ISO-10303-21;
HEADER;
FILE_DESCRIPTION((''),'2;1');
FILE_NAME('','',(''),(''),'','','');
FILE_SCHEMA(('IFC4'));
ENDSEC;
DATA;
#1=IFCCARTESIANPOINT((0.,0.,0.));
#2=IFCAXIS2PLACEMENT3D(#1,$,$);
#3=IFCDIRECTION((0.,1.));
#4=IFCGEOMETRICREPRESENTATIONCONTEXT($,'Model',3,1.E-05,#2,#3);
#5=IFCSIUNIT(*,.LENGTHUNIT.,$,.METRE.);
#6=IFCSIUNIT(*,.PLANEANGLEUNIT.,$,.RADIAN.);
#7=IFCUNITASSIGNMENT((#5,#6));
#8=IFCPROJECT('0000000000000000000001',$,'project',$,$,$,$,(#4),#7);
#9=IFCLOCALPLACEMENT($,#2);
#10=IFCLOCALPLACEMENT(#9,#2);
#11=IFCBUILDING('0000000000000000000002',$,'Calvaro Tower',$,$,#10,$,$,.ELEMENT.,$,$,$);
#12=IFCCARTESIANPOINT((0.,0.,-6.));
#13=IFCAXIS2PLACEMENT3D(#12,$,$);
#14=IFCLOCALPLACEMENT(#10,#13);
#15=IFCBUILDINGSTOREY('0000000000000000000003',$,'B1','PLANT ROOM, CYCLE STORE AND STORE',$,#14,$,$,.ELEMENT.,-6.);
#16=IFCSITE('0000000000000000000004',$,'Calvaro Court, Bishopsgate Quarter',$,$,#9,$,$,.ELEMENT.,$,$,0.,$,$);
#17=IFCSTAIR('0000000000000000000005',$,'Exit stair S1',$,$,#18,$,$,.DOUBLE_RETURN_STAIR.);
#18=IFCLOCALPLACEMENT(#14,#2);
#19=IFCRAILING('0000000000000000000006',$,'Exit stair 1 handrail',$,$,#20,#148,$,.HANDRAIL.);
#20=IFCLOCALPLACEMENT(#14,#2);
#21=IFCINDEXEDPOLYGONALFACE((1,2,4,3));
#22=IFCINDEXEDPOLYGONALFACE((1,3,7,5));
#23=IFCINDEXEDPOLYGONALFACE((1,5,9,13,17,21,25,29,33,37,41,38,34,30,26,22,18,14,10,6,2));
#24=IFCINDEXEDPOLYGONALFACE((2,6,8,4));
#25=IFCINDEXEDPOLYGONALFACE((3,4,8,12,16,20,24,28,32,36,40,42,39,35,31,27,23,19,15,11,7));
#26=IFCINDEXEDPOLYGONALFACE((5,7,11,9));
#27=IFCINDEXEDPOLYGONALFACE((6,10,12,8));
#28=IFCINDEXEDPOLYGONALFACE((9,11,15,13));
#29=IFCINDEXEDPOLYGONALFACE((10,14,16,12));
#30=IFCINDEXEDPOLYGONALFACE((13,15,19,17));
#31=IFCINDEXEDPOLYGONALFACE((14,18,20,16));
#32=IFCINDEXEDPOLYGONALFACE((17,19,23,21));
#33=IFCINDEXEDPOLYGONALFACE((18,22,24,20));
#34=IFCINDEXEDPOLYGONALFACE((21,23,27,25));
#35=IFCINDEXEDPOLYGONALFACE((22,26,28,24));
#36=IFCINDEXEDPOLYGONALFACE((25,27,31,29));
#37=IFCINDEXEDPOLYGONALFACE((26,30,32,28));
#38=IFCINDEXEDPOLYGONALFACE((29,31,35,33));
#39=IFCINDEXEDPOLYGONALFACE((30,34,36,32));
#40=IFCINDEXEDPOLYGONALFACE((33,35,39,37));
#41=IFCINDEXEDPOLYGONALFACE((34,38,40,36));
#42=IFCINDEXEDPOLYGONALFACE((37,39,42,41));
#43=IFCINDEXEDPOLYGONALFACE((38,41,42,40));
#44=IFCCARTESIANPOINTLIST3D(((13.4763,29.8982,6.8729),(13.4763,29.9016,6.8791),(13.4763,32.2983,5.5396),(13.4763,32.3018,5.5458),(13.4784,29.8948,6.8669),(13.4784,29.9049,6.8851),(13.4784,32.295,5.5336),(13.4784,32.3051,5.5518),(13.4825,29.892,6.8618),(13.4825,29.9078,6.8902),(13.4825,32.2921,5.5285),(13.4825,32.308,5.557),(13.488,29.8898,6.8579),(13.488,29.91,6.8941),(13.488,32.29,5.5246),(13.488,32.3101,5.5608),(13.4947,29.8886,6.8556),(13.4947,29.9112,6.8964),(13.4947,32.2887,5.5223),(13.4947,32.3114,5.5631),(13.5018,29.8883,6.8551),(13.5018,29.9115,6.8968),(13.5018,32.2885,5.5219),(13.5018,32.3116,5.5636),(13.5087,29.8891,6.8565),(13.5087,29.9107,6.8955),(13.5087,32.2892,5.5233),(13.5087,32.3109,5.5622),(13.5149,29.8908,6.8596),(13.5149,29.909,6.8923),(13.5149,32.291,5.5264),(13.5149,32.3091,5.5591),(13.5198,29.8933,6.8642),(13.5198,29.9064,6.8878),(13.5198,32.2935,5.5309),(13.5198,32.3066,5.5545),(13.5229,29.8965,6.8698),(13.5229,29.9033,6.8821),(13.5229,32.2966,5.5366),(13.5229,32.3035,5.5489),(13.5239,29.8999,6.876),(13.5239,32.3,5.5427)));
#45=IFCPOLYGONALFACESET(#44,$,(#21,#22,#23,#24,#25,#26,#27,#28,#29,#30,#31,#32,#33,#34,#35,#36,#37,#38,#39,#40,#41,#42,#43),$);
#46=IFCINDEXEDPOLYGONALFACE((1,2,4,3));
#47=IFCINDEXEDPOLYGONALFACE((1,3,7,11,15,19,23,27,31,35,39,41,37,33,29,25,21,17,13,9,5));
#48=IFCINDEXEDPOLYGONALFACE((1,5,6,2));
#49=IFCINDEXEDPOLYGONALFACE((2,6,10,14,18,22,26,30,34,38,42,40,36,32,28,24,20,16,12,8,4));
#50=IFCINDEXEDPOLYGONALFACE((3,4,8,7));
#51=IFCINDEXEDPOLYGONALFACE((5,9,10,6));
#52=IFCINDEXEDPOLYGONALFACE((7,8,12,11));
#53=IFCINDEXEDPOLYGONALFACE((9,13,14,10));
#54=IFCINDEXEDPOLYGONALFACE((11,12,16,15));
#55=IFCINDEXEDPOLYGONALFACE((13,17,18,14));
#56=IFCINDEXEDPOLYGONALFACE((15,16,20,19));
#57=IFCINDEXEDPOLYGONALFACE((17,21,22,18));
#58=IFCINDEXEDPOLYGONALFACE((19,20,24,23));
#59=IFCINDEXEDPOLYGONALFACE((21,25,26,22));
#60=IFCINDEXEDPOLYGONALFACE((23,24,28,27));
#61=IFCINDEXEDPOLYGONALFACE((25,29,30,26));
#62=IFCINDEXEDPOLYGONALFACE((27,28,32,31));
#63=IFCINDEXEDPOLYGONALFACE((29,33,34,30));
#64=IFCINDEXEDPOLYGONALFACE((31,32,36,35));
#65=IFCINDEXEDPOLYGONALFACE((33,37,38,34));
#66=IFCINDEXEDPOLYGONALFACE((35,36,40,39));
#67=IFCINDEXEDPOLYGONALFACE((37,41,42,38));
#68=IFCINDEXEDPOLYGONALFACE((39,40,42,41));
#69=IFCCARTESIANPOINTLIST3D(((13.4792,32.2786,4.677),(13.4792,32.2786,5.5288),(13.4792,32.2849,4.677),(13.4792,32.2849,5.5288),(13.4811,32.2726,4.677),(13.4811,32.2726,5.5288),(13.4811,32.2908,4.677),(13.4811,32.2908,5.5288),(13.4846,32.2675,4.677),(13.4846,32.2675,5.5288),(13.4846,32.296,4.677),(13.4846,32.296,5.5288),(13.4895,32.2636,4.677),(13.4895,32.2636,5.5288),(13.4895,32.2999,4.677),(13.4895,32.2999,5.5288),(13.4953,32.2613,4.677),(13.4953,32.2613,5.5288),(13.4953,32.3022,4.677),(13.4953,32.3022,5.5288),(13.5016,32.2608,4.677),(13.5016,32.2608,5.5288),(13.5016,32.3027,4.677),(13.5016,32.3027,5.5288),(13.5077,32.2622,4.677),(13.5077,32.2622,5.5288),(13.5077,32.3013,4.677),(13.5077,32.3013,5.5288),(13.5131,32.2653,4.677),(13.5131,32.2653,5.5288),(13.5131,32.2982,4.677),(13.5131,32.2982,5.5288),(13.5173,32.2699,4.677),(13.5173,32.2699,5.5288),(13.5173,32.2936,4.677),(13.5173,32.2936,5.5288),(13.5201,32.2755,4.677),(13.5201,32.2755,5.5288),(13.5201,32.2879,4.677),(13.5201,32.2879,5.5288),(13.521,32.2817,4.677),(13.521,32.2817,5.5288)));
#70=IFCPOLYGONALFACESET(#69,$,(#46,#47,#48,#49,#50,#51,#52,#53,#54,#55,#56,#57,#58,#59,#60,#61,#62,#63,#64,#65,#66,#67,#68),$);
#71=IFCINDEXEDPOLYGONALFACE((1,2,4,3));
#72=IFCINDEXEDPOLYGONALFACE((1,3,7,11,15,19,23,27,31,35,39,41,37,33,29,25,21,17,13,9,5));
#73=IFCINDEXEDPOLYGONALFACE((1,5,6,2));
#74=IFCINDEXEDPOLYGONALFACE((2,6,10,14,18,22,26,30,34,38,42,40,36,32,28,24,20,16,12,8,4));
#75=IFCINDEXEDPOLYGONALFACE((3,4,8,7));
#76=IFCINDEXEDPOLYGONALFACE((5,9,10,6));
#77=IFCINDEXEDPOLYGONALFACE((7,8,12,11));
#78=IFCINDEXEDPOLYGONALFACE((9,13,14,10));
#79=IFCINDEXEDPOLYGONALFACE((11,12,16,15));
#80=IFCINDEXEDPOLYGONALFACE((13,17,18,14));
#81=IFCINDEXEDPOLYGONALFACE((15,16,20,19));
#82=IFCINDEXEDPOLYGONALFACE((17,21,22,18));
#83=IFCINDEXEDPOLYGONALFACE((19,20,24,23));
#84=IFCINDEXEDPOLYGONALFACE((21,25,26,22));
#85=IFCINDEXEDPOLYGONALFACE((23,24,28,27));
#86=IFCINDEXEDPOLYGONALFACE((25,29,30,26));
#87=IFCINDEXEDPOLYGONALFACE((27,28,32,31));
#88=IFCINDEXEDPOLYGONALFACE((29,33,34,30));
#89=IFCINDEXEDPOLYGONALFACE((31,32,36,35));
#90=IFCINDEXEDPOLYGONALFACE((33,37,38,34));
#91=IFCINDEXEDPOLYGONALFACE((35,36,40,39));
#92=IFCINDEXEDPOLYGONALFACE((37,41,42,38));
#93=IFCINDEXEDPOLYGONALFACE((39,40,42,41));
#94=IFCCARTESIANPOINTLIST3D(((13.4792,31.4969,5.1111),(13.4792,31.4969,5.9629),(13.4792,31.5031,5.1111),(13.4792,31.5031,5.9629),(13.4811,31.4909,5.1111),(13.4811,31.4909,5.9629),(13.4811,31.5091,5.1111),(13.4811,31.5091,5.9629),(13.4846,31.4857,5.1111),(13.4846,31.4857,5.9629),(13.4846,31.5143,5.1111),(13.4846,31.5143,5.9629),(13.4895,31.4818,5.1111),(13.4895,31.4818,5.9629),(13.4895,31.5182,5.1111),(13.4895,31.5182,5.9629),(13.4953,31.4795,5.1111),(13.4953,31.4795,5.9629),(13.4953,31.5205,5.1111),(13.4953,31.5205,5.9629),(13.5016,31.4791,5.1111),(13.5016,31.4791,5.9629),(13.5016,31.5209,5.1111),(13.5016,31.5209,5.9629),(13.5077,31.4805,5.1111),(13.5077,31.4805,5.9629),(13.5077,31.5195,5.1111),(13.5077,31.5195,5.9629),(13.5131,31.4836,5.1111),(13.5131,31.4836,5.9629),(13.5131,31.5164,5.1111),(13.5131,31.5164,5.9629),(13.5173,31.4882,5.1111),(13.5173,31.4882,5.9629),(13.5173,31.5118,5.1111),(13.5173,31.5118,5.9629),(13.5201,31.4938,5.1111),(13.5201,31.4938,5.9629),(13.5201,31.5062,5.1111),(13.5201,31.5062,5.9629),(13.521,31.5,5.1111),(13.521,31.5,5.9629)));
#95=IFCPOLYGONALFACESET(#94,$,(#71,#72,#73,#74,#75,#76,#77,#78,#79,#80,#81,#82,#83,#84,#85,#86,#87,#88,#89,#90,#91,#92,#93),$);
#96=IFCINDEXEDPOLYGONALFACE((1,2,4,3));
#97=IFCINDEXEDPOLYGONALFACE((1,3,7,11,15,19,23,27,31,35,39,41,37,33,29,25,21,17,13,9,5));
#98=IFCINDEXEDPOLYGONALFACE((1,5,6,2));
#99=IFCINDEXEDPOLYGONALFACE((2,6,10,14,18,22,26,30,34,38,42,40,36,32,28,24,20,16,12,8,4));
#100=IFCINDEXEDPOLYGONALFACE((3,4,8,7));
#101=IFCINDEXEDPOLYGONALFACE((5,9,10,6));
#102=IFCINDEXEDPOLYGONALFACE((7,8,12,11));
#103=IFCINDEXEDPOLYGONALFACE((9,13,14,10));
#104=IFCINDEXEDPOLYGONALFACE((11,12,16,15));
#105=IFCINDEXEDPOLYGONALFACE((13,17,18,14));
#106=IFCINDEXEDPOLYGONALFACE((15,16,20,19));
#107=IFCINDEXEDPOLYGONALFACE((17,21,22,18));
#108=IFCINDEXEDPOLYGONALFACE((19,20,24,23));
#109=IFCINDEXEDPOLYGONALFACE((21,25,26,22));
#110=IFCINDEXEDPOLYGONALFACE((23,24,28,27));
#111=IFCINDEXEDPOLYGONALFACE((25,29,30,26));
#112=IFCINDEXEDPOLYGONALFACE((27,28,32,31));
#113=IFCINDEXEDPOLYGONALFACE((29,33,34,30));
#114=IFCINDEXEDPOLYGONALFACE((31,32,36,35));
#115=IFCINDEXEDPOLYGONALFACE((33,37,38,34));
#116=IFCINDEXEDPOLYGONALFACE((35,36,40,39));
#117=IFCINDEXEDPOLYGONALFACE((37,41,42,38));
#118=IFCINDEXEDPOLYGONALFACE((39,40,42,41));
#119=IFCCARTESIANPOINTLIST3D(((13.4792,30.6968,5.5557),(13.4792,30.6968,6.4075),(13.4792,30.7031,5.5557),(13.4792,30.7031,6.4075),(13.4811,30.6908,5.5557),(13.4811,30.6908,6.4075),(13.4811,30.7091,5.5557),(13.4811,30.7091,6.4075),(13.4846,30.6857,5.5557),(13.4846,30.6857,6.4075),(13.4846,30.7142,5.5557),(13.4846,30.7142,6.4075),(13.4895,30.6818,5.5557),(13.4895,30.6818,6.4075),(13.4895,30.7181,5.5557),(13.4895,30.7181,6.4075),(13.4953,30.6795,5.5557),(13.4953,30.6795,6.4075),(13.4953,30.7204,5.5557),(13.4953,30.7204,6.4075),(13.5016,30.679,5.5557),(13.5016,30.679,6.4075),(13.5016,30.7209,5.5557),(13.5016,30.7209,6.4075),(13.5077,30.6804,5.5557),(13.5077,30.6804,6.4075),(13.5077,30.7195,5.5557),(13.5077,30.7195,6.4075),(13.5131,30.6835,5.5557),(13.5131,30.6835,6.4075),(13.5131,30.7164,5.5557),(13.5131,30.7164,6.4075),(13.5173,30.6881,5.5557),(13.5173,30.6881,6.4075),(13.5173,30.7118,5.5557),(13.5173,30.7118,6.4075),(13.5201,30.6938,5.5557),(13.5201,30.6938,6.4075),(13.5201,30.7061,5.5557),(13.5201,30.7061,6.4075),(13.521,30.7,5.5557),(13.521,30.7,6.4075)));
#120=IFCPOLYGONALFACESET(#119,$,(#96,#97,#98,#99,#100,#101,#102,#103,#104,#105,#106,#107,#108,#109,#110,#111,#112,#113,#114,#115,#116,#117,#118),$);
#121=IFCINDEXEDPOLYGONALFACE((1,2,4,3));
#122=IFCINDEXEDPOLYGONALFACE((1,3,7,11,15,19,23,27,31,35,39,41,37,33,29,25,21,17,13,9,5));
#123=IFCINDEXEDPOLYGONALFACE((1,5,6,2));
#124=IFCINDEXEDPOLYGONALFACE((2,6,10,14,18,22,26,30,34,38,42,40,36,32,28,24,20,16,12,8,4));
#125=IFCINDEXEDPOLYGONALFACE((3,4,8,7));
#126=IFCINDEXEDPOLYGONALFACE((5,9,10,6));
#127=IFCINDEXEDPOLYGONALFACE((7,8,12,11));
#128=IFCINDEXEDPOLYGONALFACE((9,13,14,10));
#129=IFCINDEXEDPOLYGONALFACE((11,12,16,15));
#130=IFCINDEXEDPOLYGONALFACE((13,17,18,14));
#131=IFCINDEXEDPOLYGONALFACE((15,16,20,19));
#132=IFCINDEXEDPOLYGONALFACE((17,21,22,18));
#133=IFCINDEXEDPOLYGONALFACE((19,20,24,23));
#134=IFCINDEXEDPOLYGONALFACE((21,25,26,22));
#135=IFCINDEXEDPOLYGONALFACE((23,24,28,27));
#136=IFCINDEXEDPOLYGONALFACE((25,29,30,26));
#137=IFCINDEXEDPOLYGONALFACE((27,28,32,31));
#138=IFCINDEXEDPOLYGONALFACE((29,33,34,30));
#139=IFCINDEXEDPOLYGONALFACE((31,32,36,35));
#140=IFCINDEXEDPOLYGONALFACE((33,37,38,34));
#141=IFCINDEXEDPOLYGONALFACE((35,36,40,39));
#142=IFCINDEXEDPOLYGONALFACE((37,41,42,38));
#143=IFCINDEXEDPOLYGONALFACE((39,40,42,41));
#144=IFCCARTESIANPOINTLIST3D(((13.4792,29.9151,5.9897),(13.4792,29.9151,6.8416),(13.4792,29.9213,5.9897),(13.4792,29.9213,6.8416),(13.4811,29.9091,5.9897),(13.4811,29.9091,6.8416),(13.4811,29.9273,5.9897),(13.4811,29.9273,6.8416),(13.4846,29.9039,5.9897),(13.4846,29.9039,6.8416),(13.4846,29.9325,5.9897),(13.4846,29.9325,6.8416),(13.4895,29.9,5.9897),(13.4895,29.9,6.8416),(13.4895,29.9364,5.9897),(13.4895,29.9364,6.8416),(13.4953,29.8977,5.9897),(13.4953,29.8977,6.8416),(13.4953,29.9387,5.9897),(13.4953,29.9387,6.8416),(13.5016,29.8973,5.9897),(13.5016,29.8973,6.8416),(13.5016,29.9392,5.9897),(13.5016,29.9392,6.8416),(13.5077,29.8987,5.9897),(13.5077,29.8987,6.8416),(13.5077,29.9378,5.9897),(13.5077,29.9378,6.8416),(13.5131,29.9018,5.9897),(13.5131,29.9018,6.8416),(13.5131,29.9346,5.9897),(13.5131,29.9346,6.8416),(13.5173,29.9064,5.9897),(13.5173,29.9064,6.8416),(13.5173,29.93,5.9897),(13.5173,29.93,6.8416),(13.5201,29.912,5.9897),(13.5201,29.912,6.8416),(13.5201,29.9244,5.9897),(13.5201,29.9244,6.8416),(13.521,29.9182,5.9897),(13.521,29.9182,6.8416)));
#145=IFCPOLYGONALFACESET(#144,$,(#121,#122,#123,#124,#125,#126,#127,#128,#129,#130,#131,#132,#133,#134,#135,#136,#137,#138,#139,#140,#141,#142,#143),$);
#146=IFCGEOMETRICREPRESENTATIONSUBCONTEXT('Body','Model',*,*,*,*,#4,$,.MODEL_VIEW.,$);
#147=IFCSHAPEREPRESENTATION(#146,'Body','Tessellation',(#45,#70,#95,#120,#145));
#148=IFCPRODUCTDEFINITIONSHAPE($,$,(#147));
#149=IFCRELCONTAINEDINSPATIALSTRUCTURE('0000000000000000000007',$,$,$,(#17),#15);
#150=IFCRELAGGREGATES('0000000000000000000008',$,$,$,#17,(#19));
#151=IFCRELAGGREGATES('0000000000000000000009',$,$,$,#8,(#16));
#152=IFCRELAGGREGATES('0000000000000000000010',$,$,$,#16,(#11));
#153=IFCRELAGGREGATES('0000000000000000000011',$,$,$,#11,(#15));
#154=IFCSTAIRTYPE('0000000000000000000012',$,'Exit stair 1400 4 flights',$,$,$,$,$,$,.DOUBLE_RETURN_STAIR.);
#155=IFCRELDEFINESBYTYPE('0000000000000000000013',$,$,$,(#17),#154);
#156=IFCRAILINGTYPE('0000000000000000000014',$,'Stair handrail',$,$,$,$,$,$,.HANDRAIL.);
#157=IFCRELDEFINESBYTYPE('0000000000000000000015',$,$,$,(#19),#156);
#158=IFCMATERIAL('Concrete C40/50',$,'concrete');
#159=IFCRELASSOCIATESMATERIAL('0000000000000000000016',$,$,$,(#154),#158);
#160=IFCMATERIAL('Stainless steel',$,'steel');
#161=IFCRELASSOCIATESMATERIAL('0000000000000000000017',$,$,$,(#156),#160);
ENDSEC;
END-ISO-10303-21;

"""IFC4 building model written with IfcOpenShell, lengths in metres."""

from ifc_helpers import new_model, si_unit, direction, frame, origin, origin_2d, place, context, subcontext, project, spatial, circle, extrude, material, type_object, element, aggregate, save


model = new_model("IFC4")

# Units and contexts
model_context = context("Model", 3, precision=1e-05, world=origin(), true_north=direction((0.0, 1.0)))
body_context = subcontext(model_context, "Body", "Model", "MODEL_VIEW")
ifc_project = project(units=[si_unit("LENGTHUNIT", "METRE"), si_unit("PLANEANGLEUNIT", "RADIAN")], contexts=[model_context])

# Site, building, storey
site_placement = place(None, origin())
site = spatial("IfcSite", under=ifc_project, at=site_placement, Name="Calvaro Court, Bishopsgate Quarter", CompositionType="ELEMENT", RefElevation=0.0)
building_placement = place(site_placement, origin())
building = spatial("IfcBuilding", under=site, at=building_placement, Name="Calvaro Tower", CompositionType="ELEMENT")
storey_placement = place(building_placement, frame((0.0, 0.0, -6.0)))
storey = spatial("IfcBuildingStorey", under=building, at=storey_placement, Name="B1", Description="PLANT ROOM, CYCLE STORE AND STORE", CompositionType="ELEMENT", Elevation=-6.0)

# Stair, railing
ifc_material_1 = material(Name="Concrete C40/50", Category="concrete")
stair_type = type_object("IfcStairType", Name="Exit stair 1400 4 flights", PredefinedType="DOUBLE_RETURN_STAIR", material=ifc_material_1)
stair_placement = place(storey_placement, origin())
stair = element("IfcStair", 1, at=stair_placement, inside=storey, type_object=stair_type, Name="Exit stair S1", PredefinedType="DOUBLE_RETURN_STAIR")
ifc_material_2 = material(Name="Stainless steel", Category="steel")
railing_type = type_object("IfcRailingType", Name="Stair handrail", PredefinedType="HANDRAIL", material=ifc_material_2)
railing_1_placement = place(storey_placement, frame((13.5, 32.3, 4.6667)))
railing_1 = element("IfcRailing", 2, at=railing_1_placement, type_object=railing_type, Name="Exit stair 1 handrail", PredefinedType="HANDRAIL", context=body_context, shape_type="SweptSolid", body=[
    extrude(circle(Radius=0.0239, at=origin_2d()), frame((0.0, 0.0, 0.876), z_axis=(0.0, -0.874182, 0.485598), x_axis=(1.0, 0.0, 0.0)), (0.0, 0.0, 1.0), 2.7456),
    extrude(circle(Radius=0.021, at=origin_2d()), frame((0.0, -0.0183, 0.0103)), (0.0, 0.0, 1.0), 0.8518),
    extrude(circle(Radius=0.021, at=origin_2d()), frame((0.0, -0.8, 0.4443)), (0.0, 0.0, 1.0), 0.8518),
    extrude(circle(Radius=0.021, at=origin_2d()), frame((0.0, -1.6001, 0.8889)), (0.0, 0.0, 1.0), 0.8518),
    extrude(circle(Radius=0.021, at=origin_2d()), frame((0.0, -2.3818, 1.323)), (0.0, 0.0, 1.0), 0.8518),
])
aggregate(stair, [railing_1])

save(model, "model.ifc")
